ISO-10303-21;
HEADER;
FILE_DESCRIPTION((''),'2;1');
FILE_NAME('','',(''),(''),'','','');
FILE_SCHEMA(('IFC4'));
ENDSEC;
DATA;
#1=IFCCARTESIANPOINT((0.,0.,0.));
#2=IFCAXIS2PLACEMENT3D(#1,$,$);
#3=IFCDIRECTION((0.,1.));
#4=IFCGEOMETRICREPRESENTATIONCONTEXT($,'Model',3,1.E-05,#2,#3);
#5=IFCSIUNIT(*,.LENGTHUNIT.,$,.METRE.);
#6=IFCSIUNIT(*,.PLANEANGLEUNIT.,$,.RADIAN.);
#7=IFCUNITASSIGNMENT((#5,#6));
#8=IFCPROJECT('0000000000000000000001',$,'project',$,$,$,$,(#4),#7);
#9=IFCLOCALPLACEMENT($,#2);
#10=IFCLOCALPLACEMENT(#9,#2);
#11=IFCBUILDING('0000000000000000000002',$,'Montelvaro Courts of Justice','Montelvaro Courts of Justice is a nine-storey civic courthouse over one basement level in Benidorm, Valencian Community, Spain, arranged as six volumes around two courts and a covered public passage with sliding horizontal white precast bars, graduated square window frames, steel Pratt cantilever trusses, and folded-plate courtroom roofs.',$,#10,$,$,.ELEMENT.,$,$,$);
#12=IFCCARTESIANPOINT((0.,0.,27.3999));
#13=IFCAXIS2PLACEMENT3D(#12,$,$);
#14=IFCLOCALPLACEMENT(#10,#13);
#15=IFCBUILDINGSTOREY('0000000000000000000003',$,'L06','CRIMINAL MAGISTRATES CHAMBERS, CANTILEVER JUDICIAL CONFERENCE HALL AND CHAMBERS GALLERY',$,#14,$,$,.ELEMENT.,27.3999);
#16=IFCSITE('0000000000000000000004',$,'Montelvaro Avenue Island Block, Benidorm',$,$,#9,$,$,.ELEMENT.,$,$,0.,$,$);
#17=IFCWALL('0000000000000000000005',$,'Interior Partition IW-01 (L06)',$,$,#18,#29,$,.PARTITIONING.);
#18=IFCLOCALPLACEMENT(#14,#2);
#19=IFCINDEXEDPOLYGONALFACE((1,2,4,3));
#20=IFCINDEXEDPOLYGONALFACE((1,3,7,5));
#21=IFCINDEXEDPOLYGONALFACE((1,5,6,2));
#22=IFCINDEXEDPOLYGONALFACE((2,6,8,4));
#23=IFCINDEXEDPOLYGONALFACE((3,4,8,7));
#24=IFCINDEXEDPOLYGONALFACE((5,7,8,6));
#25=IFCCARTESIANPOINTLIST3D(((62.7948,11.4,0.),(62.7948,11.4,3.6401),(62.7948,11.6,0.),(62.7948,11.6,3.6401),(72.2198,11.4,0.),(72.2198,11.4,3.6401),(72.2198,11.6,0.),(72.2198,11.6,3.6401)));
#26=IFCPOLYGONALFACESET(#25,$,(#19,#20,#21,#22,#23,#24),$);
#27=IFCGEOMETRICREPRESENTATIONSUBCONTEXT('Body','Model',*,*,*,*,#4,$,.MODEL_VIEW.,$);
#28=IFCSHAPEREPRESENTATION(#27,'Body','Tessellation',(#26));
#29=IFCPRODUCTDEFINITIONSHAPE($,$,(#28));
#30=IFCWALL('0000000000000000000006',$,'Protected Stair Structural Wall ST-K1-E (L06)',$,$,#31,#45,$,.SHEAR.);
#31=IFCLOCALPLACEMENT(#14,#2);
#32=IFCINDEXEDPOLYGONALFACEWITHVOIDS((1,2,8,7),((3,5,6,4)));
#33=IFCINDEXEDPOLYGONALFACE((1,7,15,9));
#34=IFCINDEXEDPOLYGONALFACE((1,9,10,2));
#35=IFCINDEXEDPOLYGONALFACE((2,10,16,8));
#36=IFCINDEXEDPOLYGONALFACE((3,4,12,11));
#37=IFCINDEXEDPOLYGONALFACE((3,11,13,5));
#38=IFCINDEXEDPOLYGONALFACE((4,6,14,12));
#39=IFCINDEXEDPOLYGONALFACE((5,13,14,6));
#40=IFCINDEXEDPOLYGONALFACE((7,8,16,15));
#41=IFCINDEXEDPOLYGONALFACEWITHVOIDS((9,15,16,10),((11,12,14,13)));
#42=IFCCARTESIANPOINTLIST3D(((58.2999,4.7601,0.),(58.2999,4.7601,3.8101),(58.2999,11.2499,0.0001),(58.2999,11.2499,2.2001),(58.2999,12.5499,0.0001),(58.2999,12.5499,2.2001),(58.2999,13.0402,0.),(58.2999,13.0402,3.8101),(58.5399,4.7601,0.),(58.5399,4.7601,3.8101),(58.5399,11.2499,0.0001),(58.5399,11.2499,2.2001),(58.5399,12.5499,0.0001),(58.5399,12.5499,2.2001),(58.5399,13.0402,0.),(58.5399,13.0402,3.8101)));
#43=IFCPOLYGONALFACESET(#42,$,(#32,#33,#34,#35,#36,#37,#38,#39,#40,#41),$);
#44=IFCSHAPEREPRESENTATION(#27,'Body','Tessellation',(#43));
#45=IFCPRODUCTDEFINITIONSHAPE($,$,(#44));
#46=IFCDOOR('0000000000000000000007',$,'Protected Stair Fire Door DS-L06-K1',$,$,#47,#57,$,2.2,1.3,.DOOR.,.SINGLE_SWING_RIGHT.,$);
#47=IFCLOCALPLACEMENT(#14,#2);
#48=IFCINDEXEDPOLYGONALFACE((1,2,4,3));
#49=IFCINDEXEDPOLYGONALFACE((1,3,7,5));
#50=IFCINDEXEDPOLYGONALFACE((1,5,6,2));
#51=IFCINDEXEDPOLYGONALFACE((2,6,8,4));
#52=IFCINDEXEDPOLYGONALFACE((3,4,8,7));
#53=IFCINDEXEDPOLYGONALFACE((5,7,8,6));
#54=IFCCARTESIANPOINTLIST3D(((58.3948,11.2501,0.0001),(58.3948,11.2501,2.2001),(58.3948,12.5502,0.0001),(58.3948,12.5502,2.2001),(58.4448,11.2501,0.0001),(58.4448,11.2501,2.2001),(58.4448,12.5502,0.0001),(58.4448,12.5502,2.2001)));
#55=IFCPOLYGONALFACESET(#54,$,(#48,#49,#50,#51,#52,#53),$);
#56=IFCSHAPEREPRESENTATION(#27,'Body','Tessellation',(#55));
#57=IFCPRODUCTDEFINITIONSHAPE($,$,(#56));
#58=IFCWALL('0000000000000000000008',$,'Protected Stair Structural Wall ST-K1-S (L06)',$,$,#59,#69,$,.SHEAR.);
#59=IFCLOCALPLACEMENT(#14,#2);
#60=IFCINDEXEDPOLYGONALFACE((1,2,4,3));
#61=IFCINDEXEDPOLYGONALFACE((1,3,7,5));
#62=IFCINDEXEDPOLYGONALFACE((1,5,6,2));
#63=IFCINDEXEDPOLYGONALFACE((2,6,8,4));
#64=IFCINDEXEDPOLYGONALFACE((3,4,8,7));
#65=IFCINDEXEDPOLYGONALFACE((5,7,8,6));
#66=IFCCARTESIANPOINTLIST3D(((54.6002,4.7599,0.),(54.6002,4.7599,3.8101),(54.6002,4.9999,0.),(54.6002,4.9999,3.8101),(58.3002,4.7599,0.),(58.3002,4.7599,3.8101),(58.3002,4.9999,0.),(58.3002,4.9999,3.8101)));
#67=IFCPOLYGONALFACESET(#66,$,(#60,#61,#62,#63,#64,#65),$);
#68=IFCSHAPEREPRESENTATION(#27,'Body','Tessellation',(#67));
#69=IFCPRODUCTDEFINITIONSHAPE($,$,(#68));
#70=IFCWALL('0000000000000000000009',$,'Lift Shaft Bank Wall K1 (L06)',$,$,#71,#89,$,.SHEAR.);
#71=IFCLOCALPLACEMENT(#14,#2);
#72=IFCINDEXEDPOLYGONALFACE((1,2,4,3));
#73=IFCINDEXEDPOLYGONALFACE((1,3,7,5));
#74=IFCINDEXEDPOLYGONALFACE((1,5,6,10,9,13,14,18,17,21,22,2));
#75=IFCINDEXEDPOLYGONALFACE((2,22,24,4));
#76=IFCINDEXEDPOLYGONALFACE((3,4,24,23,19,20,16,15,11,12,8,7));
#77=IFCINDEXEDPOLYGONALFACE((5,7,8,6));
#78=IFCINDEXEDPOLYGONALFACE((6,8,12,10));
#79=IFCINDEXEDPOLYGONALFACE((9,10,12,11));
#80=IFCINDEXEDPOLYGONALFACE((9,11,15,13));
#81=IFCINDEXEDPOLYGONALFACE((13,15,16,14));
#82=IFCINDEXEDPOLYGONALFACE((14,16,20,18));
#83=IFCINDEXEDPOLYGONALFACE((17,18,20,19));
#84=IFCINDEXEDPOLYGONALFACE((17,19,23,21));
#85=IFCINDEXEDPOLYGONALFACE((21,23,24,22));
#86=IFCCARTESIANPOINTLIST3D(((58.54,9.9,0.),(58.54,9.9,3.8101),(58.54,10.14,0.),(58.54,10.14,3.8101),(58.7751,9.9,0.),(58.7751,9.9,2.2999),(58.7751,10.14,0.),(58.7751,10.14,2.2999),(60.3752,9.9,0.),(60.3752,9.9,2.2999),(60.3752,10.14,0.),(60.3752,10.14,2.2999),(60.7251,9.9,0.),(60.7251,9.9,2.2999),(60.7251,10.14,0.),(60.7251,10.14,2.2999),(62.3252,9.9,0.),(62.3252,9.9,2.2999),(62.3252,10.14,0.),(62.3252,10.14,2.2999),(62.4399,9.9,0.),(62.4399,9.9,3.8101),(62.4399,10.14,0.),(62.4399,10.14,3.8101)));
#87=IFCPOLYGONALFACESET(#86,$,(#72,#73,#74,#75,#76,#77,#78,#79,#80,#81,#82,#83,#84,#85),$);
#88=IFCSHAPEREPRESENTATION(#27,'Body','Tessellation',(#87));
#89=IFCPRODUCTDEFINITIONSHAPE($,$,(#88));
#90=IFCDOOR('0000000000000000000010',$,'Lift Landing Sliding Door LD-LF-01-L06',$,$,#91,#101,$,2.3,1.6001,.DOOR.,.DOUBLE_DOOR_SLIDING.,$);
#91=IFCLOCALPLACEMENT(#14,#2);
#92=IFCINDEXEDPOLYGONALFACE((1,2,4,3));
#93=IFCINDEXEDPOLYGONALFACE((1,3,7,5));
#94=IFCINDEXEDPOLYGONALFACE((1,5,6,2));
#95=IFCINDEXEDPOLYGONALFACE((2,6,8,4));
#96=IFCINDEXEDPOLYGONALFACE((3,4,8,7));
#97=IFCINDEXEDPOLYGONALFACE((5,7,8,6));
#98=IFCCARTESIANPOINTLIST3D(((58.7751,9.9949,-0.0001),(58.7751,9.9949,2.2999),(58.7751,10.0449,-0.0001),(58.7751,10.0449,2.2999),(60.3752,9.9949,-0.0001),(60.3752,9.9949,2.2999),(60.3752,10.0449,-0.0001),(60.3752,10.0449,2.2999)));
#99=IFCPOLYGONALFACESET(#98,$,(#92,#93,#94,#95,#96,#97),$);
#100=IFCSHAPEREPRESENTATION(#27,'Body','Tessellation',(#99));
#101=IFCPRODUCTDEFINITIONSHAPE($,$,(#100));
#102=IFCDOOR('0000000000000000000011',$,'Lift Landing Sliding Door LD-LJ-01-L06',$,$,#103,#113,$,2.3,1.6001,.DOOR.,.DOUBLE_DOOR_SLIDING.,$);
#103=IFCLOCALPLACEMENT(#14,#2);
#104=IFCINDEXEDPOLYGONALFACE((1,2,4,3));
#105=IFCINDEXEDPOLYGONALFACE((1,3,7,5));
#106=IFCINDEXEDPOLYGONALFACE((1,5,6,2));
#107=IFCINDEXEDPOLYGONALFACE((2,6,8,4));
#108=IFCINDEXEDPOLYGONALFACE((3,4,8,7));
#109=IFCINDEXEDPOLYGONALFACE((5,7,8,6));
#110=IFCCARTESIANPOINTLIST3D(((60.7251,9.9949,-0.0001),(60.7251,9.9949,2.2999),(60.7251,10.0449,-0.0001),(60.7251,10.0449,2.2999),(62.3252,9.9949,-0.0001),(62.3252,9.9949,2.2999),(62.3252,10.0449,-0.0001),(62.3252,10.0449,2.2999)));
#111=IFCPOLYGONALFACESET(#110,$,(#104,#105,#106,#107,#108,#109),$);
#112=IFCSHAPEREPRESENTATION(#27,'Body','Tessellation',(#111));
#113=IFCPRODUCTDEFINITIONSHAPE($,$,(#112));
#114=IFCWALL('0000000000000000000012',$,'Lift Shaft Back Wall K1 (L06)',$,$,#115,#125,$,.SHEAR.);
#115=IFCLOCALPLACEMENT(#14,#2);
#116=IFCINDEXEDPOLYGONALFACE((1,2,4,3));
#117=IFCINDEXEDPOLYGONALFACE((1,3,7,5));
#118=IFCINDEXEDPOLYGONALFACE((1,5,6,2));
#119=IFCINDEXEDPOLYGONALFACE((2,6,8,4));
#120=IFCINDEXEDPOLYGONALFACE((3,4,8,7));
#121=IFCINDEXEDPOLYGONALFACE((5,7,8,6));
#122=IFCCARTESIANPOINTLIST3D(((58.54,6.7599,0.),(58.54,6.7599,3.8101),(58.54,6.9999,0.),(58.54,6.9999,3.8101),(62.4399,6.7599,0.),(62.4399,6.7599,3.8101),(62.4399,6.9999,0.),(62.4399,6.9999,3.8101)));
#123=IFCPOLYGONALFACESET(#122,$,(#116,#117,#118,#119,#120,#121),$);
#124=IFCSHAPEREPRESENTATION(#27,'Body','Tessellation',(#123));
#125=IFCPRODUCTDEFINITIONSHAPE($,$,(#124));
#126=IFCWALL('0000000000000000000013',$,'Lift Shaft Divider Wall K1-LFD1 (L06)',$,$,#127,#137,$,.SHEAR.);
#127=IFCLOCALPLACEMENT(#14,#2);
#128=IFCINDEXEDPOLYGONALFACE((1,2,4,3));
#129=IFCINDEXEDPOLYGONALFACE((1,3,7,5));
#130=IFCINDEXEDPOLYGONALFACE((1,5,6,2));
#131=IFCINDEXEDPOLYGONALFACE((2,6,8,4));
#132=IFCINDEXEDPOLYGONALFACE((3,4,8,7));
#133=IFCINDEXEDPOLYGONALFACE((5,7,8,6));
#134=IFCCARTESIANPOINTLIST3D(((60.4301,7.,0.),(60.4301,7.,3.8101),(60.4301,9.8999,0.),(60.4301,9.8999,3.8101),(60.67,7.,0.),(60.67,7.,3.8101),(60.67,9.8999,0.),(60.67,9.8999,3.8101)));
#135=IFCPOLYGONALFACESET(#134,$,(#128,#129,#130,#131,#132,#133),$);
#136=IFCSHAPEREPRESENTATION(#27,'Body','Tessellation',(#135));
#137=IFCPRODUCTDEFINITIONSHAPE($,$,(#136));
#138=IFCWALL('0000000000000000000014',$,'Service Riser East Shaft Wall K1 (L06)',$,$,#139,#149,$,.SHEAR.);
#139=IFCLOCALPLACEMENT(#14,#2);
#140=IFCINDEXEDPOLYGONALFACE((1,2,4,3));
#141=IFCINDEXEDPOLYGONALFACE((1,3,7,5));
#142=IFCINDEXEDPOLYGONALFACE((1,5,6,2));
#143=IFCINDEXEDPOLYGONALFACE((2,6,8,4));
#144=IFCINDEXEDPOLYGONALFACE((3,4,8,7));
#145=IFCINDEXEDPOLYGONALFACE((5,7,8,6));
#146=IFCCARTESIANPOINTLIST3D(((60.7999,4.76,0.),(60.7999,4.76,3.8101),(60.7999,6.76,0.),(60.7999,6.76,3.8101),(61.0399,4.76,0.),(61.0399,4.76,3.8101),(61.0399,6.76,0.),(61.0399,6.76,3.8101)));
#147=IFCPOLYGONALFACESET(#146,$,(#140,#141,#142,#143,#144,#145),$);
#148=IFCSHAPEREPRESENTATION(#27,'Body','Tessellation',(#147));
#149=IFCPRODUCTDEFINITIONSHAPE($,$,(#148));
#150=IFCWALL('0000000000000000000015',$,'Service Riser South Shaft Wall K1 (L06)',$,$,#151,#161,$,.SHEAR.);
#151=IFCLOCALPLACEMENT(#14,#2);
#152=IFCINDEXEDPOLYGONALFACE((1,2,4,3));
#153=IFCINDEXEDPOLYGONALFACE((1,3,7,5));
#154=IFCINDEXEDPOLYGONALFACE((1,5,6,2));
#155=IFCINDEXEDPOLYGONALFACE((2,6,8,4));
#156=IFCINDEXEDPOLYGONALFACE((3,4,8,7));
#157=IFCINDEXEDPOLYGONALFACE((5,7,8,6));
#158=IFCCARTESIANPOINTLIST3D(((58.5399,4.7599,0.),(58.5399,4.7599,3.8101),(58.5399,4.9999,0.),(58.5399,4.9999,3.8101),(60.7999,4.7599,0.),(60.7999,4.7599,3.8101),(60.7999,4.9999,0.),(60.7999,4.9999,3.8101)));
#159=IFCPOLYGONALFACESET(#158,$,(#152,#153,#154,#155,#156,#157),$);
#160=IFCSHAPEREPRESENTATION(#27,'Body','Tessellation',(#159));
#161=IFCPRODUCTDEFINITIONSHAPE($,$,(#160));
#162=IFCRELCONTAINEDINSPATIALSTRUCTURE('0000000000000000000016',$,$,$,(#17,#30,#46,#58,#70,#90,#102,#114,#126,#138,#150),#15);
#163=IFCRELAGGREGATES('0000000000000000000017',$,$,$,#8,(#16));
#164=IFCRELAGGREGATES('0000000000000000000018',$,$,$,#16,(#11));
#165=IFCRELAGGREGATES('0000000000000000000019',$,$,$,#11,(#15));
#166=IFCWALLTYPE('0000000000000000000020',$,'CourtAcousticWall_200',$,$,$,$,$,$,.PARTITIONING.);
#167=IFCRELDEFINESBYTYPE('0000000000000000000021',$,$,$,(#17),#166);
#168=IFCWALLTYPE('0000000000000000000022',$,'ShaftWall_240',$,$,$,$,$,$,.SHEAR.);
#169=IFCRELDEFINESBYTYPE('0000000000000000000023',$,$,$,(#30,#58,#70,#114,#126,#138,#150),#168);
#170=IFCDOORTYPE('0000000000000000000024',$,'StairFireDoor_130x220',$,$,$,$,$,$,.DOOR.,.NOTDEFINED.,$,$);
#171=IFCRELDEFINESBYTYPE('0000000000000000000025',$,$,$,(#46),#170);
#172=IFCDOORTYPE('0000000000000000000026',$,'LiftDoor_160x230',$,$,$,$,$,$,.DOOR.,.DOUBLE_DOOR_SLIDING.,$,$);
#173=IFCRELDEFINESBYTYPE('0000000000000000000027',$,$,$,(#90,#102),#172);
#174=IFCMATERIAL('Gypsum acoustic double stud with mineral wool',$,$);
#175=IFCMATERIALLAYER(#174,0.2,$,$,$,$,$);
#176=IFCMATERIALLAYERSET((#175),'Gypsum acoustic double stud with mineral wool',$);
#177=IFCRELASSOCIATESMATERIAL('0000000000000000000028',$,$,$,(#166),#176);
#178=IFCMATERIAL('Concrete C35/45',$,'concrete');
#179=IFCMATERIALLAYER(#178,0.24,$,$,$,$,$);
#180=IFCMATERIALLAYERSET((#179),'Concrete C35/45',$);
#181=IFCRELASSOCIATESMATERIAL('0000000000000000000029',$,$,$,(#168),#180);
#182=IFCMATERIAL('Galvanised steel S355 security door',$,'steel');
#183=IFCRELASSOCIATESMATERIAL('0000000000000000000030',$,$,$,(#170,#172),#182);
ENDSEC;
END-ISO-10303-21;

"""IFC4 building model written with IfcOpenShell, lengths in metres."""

from ifc_helpers import new_model, si_unit, direction, frame, frame_2d, origin, place, context, subcontext, project, spatial, rectangle, extrude, material, layer, layer_set, type_object, element, fill, save


model = new_model("IFC4")

# Units and contexts
model_context = context("Model", 3, precision=1e-05, world=origin(), true_north=direction((0.0, 1.0)))
body_context = subcontext(model_context, "Body", "Model", "MODEL_VIEW")
ifc_project = project(units=[si_unit("LENGTHUNIT", "METRE"), si_unit("PLANEANGLEUNIT", "RADIAN")], contexts=[model_context])

# Site, building, storey
site_placement = place(None, origin())
site = spatial("IfcSite", under=ifc_project, at=site_placement, Name="Montelvaro Avenue Island Block, Benidorm", CompositionType="ELEMENT", RefElevation=0.0)
building_placement = place(site_placement, origin())
building = spatial("IfcBuilding", under=site, at=building_placement, Name="Montelvaro Courts of Justice", Description="Montelvaro Courts of Justice is a nine-storey civic courthouse over one basement level in Benidorm, Valencian Community, Spain, arranged as six volumes around two courts and a covered public passage with sliding horizontal white precast bars, graduated square window frames, steel Pratt cantilever trusses, and folded-plate courtroom roofs.", CompositionType="ELEMENT")
storey_placement = place(building_placement, frame((0.0, 0.0, 27.3999)))
storey = spatial("IfcBuildingStorey", under=building, at=storey_placement, Name="L06", Description="CRIMINAL MAGISTRATES CHAMBERS, CANTILEVER JUDICIAL CONFERENCE HALL AND CHAMBERS GALLERY", CompositionType="ELEMENT", Elevation=27.3999)

# Wall
ifc_material_1 = material(Name="Gypsum acoustic double stud with mineral wool")
ifc_layer_1 = layer(ifc_material_1, 0.2)
ifc_layer_set_1 = layer_set([ifc_layer_1], Name="Gypsum acoustic double stud with mineral wool")
wall_type_1 = type_object("IfcWallType", Name="CourtAcousticWall_200", PredefinedType="PARTITIONING", material=ifc_layer_set_1)
wall_1_placement = place(storey_placement, frame((62.7949, 11.5, 0.0), z_axis=(0.0, 0.0, 1.0), x_axis=(1.0, 0.0, 0.0)))
element("IfcWall", 1, at=wall_1_placement, inside=storey, type_object=wall_type_1, Name="Interior Partition IW-01 (L06)", PredefinedType="PARTITIONING", context=body_context, shape_type="SweptSolid", body=[
    extrude(rectangle(XDim=9.425, YDim=0.2, at=frame_2d((4.7124, 0.0))), origin(), (0.0, 0.0, 1.0), 3.6401),
])

# Wall, opening, door
ifc_material_2 = material(Name="Concrete C35/45", Category="concrete")
ifc_layer_2 = layer(ifc_material_2, 0.24)
ifc_layer_set_2 = layer_set([ifc_layer_2], Name="Concrete C35/45")
wall_type_2 = type_object("IfcWallType", Name="ShaftWall_240", PredefinedType="SHEAR", material=ifc_layer_set_2)
wall_2_placement = place(storey_placement, frame((58.4199, 4.76, 0.0), z_axis=(0.0, 0.0, 1.0), x_axis=(0.0, 1.0, 0.0)))
wall_2 = element("IfcWall", 2, at=wall_2_placement, inside=storey, type_object=wall_type_2, Name="Protected Stair Structural Wall ST-K1-E (L06)", PredefinedType="SHEAR", context=body_context, shape_type="SweptSolid", body=[
    extrude(rectangle(XDim=8.28, YDim=0.24, at=frame_2d((4.1401, 0.0))), origin(), (0.0, 0.0, 1.0), 3.8101),
])
opening_1_placement = place(wall_2_placement, frame((6.49, 0.0, 0.0)))
opening_1 = element("IfcOpeningElement", 3, at=opening_1_placement, cuts=wall_2, PredefinedType="OPENING", context=body_context, shape_type="SweptSolid", body=[
    extrude(rectangle(XDim=1.3, YDim=2.2, at=frame_2d((0.6499, 1.1001))), frame((0.0, 0.1348, 0.0), z_axis=(0.0, -1.0, 0.0), x_axis=(1.0, 0.0, 0.0)), (0.0, 0.0, 1.0), 0.2698),
])
ifc_material_3 = material(Name="Galvanised steel S355 security door", Category="steel")
door_type_1 = type_object("IfcDoorType", Name="StairFireDoor_130x220", OperationType="NOTDEFINED", PredefinedType="DOOR", material=ifc_material_3)
door_1_placement = place(opening_1_placement, frame((1.3, 0.0, 0.0), z_axis=(0.0, 0.0, 1.0), x_axis=(-1.0, 0.0, 0.0)))
door_1 = element("IfcDoor", 4, at=door_1_placement, inside=storey, type_object=door_type_1, Name="Protected Stair Fire Door DS-L06-K1", OperationType="SINGLE_SWING_RIGHT", OverallHeight=2.2, OverallWidth=1.3, PredefinedType="DOOR", context=body_context, shape_type="SweptSolid", body=[
    extrude(rectangle(XDim=1.3, YDim=2.2, at=frame_2d((0.6499, 1.1001))), frame((0.0, 0.0249, 0.0), z_axis=(0.0, -1.0, 0.0), x_axis=(1.0, 0.0, 0.0)), (0.0, 0.0, 1.0), 0.05),
])
fill(opening_1, door_1)

# Wall
wall_3_placement = place(storey_placement, frame((54.6001, 4.8799, 0.0), z_axis=(0.0, 0.0, 1.0), x_axis=(1.0, 0.0, 0.0)))
element("IfcWall", 5, at=wall_3_placement, inside=storey, type_object=wall_type_2, Name="Protected Stair Structural Wall ST-K1-S (L06)", PredefinedType="SHEAR", context=body_context, shape_type="SweptSolid", body=[
    extrude(rectangle(XDim=3.7, YDim=0.24, at=frame_2d((1.8501, 0.0))), origin(), (0.0, 0.0, 1.0), 3.8101),
])

# Wall, openings, doors
wall_4_placement = place(storey_placement, frame((58.54, 10.02, 0.0), z_axis=(0.0, 0.0, 1.0), x_axis=(1.0, 0.0, 0.0)))
wall_4 = element("IfcWall", 6, at=wall_4_placement, inside=storey, type_object=wall_type_2, Name="Lift Shaft Bank Wall K1 (L06)", PredefinedType="SHEAR", context=body_context, shape_type="SweptSolid", body=[
    extrude(rectangle(XDim=3.8999, YDim=0.24, at=frame_2d((1.95, 0.0))), origin(), (0.0, 0.0, 1.0), 3.8101),
])
opening_2_placement = place(wall_4_placement, frame((0.2351, 0.0, 0.0)))
opening_2 = element("IfcOpeningElement", 7, at=opening_2_placement, cuts=wall_4, PredefinedType="OPENING", context=body_context, shape_type="SweptSolid", body=[
    extrude(rectangle(XDim=1.6001, YDim=2.3, at=frame_2d((0.8, 1.1499))), frame((0.0, 0.1348, 0.0), z_axis=(0.0, -1.0, 0.0), x_axis=(1.0, 0.0, 0.0)), (0.0, 0.0, 1.0), 0.2698),
])
opening_3_placement = place(wall_4_placement, frame((2.1851, 0.0, 0.0)))
opening_3 = element("IfcOpeningElement", 8, at=opening_3_placement, cuts=wall_4, PredefinedType="OPENING", context=body_context, shape_type="SweptSolid", body=[
    extrude(rectangle(XDim=1.6001, YDim=2.3, at=frame_2d((0.8, 1.1499))), frame((0.0, 0.1348, 0.0), z_axis=(0.0, -1.0, 0.0), x_axis=(1.0, 0.0, 0.0)), (0.0, 0.0, 1.0), 0.2698),
])
door_type_2 = type_object("IfcDoorType", Name="LiftDoor_160x230", OperationType="DOUBLE_DOOR_SLIDING", PredefinedType="DOOR", material=ifc_material_3)
door_2_placement = place(opening_2_placement, origin())
door_2 = element("IfcDoor", 9, at=door_2_placement, inside=storey, type_object=door_type_2, Name="Lift Landing Sliding Door LD-LF-01-L06", OperationType="DOUBLE_DOOR_SLIDING", OverallHeight=2.3, OverallWidth=1.6001, PredefinedType="DOOR", context=body_context, shape_type="SweptSolid", body=[
    extrude(rectangle(XDim=1.6001, YDim=2.3, at=frame_2d((0.8, 1.1499))), frame((0.0, 0.0249, 0.0), z_axis=(0.0, -1.0, 0.0), x_axis=(1.0, 0.0, 0.0)), (0.0, 0.0, 1.0), 0.05),
])
fill(opening_2, door_2)
door_3_placement = place(opening_3_placement, origin())
door_3 = element("IfcDoor", 10, at=door_3_placement, inside=storey, type_object=door_type_2, Name="Lift Landing Sliding Door LD-LJ-01-L06", OperationType="DOUBLE_DOOR_SLIDING", OverallHeight=2.3, OverallWidth=1.6001, PredefinedType="DOOR", context=body_context, shape_type="SweptSolid", body=[
    extrude(rectangle(XDim=1.6001, YDim=2.3, at=frame_2d((0.8, 1.1499))), frame((0.0, 0.0249, 0.0), z_axis=(0.0, -1.0, 0.0), x_axis=(1.0, 0.0, 0.0)), (0.0, 0.0, 1.0), 0.05),
])
fill(opening_3, door_3)

# Walls
wall_5_placement = place(storey_placement, frame((58.54, 6.8799, 0.0), z_axis=(0.0, 0.0, 1.0), x_axis=(1.0, 0.0, 0.0)))
element("IfcWall", 11, at=wall_5_placement, inside=storey, type_object=wall_type_2, Name="Lift Shaft Back Wall K1 (L06)", PredefinedType="SHEAR", context=body_context, shape_type="SweptSolid", body=[
    extrude(rectangle(XDim=3.8999, YDim=0.24, at=frame_2d((1.95, 0.0))), origin(), (0.0, 0.0, 1.0), 3.8101),
])
wall_6_placement = place(storey_placement, frame((60.55, 7.0, 0.0), z_axis=(0.0, 0.0, 1.0), x_axis=(0.0, 1.0, 0.0)))
element("IfcWall", 12, at=wall_6_placement, inside=storey, type_object=wall_type_2, Name="Lift Shaft Divider Wall K1-LFD1 (L06)", PredefinedType="SHEAR", context=body_context, shape_type="SweptSolid", body=[
    extrude(rectangle(XDim=2.8999, YDim=0.24, at=frame_2d((1.45, 0.0))), origin(), (0.0, 0.0, 1.0), 3.8101),
])
wall_7_placement = place(storey_placement, frame((60.9199, 4.76, 0.0), z_axis=(0.0, 0.0, 1.0), x_axis=(0.0, 1.0, 0.0)))
element("IfcWall", 13, at=wall_7_placement, inside=storey, type_object=wall_type_2, Name="Service Riser East Shaft Wall K1 (L06)", PredefinedType="SHEAR", context=body_context, shape_type="SweptSolid", body=[
    extrude(rectangle(XDim=2.0, YDim=0.24, at=frame_2d((1.0, 0.0))), origin(), (0.0, 0.0, 1.0), 3.8101),
])
wall_8_placement = place(storey_placement, frame((58.54, 4.8799, 0.0), z_axis=(0.0, 0.0, 1.0), x_axis=(1.0, 0.0, 0.0)))
element("IfcWall", 14, at=wall_8_placement, inside=storey, type_object=wall_type_2, Name="Service Riser South Shaft Wall K1 (L06)", PredefinedType="SHEAR", context=body_context, shape_type="SweptSolid", body=[
    extrude(rectangle(XDim=2.26, YDim=0.24, at=frame_2d((1.1299, 0.0))), origin(), (0.0, 0.0, 1.0), 3.8101),
])

save(model, "model.ifc")
